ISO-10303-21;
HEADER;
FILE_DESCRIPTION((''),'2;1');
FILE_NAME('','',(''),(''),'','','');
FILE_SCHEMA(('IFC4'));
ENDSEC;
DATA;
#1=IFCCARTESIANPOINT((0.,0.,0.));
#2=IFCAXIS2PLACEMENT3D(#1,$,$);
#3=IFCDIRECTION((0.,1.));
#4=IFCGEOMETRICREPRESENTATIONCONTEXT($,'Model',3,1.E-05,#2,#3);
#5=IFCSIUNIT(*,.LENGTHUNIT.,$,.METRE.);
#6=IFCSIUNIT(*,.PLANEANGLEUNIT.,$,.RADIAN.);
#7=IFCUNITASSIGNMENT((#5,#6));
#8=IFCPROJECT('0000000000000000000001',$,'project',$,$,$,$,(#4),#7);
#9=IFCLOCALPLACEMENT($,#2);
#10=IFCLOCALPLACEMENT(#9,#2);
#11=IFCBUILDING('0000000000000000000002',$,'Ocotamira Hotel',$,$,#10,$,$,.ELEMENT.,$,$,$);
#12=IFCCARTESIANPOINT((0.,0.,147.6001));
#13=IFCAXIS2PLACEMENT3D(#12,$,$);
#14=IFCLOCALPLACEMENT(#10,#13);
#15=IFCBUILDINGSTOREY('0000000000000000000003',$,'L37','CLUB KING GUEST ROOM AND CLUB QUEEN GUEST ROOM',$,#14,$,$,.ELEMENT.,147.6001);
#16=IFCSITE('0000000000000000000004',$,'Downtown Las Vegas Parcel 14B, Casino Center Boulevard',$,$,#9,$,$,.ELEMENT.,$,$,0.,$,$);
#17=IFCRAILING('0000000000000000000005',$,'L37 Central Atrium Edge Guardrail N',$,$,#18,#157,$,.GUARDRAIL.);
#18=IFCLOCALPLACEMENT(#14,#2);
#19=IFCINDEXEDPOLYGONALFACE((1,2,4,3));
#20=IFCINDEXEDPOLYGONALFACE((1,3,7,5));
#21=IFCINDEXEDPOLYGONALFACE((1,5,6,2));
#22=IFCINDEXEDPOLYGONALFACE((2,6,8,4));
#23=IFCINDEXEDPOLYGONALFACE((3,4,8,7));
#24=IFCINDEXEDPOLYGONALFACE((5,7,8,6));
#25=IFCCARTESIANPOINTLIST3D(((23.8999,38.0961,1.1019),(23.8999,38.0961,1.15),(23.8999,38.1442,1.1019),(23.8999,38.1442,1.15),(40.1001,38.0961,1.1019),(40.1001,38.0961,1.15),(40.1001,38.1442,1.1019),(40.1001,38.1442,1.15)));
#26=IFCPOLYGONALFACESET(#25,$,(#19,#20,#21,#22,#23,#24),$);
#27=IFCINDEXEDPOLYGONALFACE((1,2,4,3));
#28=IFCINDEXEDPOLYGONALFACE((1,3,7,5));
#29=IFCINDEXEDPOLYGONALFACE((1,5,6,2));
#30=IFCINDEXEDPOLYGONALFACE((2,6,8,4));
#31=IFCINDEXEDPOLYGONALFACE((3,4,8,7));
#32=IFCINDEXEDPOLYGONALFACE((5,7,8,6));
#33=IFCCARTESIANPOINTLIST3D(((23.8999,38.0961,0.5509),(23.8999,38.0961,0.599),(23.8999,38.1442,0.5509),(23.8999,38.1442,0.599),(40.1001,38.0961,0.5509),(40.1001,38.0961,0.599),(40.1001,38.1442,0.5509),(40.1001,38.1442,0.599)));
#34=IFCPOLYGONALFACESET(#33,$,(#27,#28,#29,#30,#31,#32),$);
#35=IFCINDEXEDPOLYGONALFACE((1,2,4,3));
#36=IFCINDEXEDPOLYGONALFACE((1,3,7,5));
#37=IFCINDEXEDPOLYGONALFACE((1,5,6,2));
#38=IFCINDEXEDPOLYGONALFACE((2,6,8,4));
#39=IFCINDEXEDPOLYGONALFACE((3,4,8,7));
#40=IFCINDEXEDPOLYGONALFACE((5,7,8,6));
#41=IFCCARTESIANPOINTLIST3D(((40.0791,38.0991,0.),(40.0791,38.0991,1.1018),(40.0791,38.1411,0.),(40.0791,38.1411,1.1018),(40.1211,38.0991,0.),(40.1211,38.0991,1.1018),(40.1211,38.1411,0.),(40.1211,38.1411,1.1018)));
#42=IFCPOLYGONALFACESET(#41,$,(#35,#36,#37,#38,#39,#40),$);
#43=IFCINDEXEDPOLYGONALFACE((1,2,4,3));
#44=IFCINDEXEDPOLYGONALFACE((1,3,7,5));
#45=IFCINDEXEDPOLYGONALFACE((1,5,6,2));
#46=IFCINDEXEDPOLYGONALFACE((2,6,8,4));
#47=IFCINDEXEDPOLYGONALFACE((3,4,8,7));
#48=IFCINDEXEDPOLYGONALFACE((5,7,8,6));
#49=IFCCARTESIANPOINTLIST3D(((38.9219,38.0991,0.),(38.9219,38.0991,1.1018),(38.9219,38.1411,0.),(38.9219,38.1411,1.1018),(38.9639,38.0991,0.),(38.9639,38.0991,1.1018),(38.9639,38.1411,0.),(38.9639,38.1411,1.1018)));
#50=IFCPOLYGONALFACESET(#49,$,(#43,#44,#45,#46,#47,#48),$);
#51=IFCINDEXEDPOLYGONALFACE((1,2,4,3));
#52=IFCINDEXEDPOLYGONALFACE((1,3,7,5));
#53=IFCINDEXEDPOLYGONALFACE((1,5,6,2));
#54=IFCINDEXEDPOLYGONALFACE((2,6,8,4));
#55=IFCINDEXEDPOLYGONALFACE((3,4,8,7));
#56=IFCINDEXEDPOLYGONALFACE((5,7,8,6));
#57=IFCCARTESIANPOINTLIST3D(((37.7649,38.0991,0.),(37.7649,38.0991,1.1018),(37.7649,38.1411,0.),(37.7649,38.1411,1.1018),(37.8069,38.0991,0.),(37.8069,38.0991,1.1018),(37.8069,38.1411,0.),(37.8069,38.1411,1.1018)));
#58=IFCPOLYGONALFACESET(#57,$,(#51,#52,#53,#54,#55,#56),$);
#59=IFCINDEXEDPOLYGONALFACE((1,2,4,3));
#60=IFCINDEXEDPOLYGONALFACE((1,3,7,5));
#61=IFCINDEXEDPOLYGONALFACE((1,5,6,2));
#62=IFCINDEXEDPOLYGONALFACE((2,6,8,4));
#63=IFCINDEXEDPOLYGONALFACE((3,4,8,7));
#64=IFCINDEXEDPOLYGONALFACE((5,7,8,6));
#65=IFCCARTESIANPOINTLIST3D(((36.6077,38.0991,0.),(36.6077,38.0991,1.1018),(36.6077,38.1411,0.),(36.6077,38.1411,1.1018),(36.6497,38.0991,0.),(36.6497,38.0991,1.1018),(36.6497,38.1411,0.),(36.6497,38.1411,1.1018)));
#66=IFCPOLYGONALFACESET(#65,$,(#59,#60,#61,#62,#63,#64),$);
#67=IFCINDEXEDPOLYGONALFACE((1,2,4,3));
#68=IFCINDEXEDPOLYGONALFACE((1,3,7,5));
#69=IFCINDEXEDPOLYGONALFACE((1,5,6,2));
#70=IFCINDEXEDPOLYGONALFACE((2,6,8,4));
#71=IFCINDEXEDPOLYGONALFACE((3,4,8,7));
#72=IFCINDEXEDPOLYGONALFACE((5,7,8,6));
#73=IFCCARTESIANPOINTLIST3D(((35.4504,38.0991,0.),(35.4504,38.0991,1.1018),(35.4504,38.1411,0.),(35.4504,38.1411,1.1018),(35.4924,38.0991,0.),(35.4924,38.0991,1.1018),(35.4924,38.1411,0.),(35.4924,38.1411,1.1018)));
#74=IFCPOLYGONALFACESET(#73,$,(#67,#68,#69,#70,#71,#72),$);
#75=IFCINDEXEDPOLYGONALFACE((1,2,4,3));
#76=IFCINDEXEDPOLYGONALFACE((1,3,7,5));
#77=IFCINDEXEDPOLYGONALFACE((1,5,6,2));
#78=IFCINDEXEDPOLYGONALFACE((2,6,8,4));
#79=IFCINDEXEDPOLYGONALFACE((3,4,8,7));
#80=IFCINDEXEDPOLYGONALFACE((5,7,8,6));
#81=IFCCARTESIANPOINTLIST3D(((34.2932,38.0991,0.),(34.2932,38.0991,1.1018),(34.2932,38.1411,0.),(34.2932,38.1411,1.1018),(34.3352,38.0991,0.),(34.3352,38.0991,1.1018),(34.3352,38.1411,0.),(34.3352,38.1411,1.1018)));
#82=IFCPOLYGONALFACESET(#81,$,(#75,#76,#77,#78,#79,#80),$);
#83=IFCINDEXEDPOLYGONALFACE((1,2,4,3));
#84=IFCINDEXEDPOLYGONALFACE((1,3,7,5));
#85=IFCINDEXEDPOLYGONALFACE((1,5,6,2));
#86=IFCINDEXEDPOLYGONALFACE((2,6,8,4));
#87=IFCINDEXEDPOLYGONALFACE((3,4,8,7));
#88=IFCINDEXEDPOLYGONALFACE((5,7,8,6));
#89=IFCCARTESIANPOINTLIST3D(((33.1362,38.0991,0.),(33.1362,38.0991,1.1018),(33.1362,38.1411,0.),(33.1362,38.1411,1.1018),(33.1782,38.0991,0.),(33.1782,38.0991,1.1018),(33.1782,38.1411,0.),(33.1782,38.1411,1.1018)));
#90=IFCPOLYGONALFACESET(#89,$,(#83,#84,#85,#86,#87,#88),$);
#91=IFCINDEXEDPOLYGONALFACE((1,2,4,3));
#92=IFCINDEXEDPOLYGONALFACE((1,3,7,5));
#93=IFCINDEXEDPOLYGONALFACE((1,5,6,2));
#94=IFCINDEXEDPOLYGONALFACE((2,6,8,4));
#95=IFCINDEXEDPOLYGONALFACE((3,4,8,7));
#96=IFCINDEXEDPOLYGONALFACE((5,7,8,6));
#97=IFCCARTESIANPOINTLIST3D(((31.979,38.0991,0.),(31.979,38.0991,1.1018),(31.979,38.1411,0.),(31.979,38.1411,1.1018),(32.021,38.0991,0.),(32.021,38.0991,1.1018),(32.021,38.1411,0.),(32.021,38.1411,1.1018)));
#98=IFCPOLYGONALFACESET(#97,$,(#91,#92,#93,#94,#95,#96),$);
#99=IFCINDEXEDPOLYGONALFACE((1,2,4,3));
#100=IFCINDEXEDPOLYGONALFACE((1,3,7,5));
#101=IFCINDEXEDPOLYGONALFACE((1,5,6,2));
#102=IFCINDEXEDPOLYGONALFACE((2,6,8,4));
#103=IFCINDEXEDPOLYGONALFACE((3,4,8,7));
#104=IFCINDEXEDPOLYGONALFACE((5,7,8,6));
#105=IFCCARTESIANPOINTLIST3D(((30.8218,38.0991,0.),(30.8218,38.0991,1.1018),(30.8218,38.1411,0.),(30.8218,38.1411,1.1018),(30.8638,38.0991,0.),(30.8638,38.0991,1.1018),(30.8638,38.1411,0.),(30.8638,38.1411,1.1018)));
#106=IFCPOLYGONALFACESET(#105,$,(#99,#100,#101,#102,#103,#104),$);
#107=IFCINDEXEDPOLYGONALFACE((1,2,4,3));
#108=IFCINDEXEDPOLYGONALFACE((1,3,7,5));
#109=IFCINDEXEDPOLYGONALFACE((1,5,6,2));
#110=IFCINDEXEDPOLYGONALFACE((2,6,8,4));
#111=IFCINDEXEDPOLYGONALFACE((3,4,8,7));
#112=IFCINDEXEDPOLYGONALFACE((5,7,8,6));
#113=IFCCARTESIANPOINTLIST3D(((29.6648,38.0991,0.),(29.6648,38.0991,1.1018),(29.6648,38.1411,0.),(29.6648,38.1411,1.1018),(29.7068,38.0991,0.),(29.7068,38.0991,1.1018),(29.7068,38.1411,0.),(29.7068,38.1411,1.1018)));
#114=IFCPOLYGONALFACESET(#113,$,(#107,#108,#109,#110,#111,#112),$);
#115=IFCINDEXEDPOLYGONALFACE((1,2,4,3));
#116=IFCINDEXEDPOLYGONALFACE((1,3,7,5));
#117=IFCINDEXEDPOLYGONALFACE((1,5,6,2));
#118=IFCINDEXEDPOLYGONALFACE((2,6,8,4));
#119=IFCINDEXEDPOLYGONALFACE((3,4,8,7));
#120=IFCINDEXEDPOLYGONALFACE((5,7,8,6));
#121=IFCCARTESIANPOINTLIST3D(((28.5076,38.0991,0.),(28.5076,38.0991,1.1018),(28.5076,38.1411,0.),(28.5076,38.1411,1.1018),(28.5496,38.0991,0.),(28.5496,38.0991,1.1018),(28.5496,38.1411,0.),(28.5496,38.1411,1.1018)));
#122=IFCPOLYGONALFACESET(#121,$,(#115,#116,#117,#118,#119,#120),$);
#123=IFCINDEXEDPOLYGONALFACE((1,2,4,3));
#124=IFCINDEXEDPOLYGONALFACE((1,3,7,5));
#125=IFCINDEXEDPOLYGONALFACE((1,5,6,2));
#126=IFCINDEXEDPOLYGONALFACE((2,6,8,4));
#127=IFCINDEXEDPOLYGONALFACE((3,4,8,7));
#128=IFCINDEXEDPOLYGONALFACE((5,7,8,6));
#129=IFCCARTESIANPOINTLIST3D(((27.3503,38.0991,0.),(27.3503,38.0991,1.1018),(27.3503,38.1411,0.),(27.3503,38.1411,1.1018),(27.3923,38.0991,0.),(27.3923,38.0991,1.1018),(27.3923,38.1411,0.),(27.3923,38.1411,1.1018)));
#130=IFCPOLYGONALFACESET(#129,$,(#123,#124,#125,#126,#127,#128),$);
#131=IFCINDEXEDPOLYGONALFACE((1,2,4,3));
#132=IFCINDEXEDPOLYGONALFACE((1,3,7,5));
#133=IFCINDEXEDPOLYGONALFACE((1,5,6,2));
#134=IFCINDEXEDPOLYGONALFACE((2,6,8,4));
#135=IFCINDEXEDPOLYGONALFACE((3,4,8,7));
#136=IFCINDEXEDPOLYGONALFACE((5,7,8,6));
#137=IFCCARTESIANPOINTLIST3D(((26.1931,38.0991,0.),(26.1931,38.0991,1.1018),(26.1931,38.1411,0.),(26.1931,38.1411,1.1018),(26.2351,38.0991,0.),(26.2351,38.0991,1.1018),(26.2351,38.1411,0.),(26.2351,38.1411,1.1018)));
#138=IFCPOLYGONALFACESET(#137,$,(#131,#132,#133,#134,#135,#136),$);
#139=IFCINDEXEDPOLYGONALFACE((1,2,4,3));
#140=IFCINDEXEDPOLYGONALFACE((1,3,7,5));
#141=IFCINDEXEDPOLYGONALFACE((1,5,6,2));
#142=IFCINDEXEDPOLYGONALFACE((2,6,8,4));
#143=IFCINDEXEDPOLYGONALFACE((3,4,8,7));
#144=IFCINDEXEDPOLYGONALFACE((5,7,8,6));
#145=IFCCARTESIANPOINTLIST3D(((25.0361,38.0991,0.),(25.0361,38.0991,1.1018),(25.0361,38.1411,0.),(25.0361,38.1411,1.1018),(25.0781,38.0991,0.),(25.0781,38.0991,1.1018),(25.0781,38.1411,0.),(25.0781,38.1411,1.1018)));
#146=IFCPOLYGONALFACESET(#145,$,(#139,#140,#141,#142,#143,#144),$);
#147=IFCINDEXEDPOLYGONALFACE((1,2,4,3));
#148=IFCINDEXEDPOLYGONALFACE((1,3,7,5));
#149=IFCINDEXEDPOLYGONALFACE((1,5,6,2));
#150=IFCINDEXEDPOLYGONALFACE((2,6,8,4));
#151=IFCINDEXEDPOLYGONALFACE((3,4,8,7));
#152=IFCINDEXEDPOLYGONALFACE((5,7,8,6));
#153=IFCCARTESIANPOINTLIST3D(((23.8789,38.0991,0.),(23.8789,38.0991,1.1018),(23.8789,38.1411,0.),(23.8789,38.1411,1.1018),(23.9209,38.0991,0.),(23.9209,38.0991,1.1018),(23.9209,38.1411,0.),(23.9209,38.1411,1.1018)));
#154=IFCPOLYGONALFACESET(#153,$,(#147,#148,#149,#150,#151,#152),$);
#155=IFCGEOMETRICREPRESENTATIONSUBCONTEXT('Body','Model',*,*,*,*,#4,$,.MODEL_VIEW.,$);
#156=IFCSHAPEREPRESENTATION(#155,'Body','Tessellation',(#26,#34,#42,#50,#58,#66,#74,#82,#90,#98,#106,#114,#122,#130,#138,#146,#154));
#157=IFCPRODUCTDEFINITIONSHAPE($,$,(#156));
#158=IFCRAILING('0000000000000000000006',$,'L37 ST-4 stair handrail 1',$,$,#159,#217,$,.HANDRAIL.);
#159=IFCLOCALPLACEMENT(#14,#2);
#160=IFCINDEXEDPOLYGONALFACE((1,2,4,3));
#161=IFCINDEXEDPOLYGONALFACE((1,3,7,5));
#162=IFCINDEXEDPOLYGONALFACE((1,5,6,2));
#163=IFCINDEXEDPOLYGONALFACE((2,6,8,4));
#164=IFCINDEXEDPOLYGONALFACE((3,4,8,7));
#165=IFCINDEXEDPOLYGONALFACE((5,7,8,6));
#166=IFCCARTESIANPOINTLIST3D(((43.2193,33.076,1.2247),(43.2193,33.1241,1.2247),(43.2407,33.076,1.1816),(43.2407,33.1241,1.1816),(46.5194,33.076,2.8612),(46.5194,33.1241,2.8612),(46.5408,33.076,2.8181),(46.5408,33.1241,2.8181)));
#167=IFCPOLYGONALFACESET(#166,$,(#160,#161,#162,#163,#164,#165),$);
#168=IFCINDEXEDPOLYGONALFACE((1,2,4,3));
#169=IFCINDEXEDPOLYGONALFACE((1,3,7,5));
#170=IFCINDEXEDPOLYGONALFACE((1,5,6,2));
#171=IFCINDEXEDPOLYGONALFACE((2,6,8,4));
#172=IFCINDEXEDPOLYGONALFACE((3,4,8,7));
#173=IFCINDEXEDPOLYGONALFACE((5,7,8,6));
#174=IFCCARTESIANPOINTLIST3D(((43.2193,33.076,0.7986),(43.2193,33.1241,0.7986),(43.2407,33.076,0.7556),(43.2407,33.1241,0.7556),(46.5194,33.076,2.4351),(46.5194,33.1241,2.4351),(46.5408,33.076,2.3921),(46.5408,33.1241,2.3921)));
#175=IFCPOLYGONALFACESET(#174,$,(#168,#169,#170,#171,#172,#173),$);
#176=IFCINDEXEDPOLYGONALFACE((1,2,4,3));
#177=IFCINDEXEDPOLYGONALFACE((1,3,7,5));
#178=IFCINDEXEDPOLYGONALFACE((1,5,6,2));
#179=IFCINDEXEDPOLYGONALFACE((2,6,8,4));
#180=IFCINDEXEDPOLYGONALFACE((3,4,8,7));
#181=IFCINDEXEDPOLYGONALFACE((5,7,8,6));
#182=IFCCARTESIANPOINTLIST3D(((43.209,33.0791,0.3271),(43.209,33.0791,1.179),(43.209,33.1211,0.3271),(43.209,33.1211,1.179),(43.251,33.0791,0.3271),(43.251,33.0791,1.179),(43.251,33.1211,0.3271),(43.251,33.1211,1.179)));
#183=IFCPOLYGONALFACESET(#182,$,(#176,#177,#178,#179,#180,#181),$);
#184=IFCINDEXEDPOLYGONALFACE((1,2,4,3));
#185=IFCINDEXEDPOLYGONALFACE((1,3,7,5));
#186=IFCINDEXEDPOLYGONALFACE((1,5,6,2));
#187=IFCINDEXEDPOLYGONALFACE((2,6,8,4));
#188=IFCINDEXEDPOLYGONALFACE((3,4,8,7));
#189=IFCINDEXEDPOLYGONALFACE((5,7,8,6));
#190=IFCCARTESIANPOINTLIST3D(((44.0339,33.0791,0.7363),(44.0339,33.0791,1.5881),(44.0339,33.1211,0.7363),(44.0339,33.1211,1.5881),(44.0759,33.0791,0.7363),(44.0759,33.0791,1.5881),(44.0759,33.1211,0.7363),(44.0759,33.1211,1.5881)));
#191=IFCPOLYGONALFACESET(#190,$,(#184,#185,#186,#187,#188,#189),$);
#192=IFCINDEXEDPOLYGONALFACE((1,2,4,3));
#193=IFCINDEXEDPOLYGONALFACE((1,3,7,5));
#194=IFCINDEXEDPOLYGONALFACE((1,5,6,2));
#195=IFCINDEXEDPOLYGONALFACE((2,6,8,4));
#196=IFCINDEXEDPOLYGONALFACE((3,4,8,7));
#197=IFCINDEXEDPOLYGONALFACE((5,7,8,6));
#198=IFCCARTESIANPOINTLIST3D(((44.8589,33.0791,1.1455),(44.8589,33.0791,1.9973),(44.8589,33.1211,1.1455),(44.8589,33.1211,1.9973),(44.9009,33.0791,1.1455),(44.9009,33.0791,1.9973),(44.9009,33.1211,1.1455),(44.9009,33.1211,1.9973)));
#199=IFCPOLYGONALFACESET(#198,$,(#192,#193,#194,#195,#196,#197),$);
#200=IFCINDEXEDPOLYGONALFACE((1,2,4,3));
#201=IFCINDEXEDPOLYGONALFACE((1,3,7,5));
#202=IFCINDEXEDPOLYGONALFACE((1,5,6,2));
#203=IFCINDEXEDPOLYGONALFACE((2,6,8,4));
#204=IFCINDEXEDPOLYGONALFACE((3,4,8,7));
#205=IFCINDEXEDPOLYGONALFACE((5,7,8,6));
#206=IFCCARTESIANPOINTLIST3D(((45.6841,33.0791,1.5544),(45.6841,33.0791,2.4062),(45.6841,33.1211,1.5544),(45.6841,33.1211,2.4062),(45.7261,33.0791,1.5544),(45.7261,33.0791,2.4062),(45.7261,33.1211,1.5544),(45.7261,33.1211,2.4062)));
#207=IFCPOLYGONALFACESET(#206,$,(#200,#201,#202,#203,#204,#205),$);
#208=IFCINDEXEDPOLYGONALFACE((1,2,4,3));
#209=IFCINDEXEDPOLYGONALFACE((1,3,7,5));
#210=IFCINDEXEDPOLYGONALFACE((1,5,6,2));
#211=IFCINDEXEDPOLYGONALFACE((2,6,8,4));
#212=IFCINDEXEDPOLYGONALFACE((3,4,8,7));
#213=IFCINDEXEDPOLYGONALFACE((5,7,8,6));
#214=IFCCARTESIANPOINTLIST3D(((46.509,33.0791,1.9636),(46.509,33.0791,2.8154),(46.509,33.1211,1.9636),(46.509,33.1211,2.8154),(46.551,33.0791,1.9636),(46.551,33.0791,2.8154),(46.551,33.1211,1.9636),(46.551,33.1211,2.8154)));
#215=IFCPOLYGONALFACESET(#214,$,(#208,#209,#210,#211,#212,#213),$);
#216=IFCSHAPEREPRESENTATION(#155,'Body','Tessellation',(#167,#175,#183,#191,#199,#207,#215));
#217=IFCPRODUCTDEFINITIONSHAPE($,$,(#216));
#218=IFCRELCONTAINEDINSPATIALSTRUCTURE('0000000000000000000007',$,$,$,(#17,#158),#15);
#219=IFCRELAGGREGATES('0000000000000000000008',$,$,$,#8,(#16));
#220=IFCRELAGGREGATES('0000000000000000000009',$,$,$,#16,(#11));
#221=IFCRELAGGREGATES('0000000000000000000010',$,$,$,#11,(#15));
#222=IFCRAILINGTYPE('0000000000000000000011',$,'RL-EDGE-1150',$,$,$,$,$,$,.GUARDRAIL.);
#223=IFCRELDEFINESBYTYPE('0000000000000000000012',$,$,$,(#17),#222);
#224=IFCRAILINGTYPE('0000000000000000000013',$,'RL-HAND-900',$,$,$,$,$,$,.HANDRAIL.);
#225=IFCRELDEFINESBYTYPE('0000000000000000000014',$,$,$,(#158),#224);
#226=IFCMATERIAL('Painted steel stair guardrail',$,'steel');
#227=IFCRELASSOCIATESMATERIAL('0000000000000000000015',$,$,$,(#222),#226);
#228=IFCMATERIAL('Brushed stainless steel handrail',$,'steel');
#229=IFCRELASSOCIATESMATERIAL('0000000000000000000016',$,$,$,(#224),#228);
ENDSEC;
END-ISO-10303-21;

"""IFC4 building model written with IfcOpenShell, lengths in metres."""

from ifc_helpers import new_model, si_unit, direction, frame, origin, origin_2d, place, context, subcontext, project, spatial, rectangle, extrude, material, type_object, element, save


model = new_model("IFC4")

# Units and contexts
model_context = context("Model", 3, precision=1e-05, world=origin(), true_north=direction((0.0, 1.0)))
body_context = subcontext(model_context, "Body", "Model", "MODEL_VIEW")
ifc_project = project(units=[si_unit("LENGTHUNIT", "METRE"), si_unit("PLANEANGLEUNIT", "RADIAN")], contexts=[model_context])

# Site, building, storey
site_placement = place(None, origin())
site = spatial("IfcSite", under=ifc_project, at=site_placement, Name="Downtown Las Vegas Parcel 14B, Casino Center Boulevard", CompositionType="ELEMENT", RefElevation=0.0)
building_placement = place(site_placement, origin())
building = spatial("IfcBuilding", under=site, at=building_placement, Name="Ocotamira Hotel", CompositionType="ELEMENT")
storey_placement = place(building_placement, frame((0.0, 0.0, 147.6001)))
storey = spatial("IfcBuildingStorey", under=building, at=storey_placement, Name="L37", Description="CLUB KING GUEST ROOM AND CLUB QUEEN GUEST ROOM", CompositionType="ELEMENT", Elevation=147.6001)

# Railings
ifc_material_1 = material(Name="Painted steel stair guardrail", Category="steel")
railing_type_1 = type_object("IfcRailingType", Name="RL-EDGE-1150", PredefinedType="GUARDRAIL", material=ifc_material_1)
railing_1_placement = place(storey_placement, frame((40.1001, 38.1201, 0.0)))
element("IfcRailing", 1, at=railing_1_placement, inside=storey, type_object=railing_type_1, Name="L37 Central Atrium Edge Guardrail N", PredefinedType="GUARDRAIL", context=body_context, shape_type="SweptSolid", body=[
    extrude(rectangle(XDim=0.0481, YDim=0.0481, at=origin_2d()), frame((0.0, 0.0, 1.126), z_axis=(-1.0, 0.0, 0.0), x_axis=(0.0, -1.0, 0.0)), (0.0, 0.0, 1.0), 16.2002),
    extrude(rectangle(XDim=0.0481, YDim=0.0481, at=origin_2d()), frame((0.0, 0.0, 0.575), z_axis=(-1.0, 0.0, 0.0), x_axis=(0.0, -1.0, 0.0)), (0.0, 0.0, 1.0), 16.2002),
    extrude(rectangle(XDim=0.042, YDim=0.042, at=origin_2d()), origin(), (0.0, 0.0, 1.0), 1.1018),
    extrude(rectangle(XDim=0.042, YDim=0.042, at=origin_2d()), frame((-1.1572, 0.0, 0.0)), (0.0, 0.0, 1.0), 1.1018),
    extrude(rectangle(XDim=0.042, YDim=0.042, at=origin_2d()), frame((-2.3142, 0.0, 0.0)), (0.0, 0.0, 1.0), 1.1018),
    extrude(rectangle(XDim=0.042, YDim=0.042, at=origin_2d()), frame((-3.4714, 0.0, 0.0)), (0.0, 0.0, 1.0), 1.1018),
    extrude(rectangle(XDim=0.042, YDim=0.042, at=origin_2d()), frame((-4.6287, 0.0, 0.0)), (0.0, 0.0, 1.0), 1.1018),
    extrude(rectangle(XDim=0.042, YDim=0.042, at=origin_2d()), frame((-5.7859, 0.0, 0.0)), (0.0, 0.0, 1.0), 1.1018),
    extrude(rectangle(XDim=0.042, YDim=0.042, at=origin_2d()), frame((-6.9429, 0.0, 0.0)), (0.0, 0.0, 1.0), 1.1018),
    extrude(rectangle(XDim=0.042, YDim=0.042, at=origin_2d()), frame((-8.1001, 0.0, 0.0)), (0.0, 0.0, 1.0), 1.1018),
    extrude(rectangle(XDim=0.042, YDim=0.042, at=origin_2d()), frame((-9.2573, 0.0, 0.0)), (0.0, 0.0, 1.0), 1.1018),
    extrude(rectangle(XDim=0.042, YDim=0.042, at=origin_2d()), frame((-10.4143, 0.0, 0.0)), (0.0, 0.0, 1.0), 1.1018),
    extrude(rectangle(XDim=0.042, YDim=0.042, at=origin_2d()), frame((-11.5715, 0.0, 0.0)), (0.0, 0.0, 1.0), 1.1018),
    extrude(rectangle(XDim=0.042, YDim=0.042, at=origin_2d()), frame((-12.7288, 0.0, 0.0)), (0.0, 0.0, 1.0), 1.1018),
    extrude(rectangle(XDim=0.042, YDim=0.042, at=origin_2d()), frame((-13.886, 0.0, 0.0)), (0.0, 0.0, 1.0), 1.1018),
    extrude(rectangle(XDim=0.042, YDim=0.042, at=origin_2d()), frame((-15.043, 0.0, 0.0)), (0.0, 0.0, 1.0), 1.1018),
    extrude(rectangle(XDim=0.042, YDim=0.042, at=origin_2d()), frame((-16.2002, 0.0, 0.0)), (0.0, 0.0, 1.0), 1.1018),
])
ifc_material_2 = material(Name="Brushed stainless steel handrail", Category="steel")
railing_type_2 = type_object("IfcRailingType", Name="RL-HAND-900", PredefinedType="HANDRAIL", material=ifc_material_2)
railing_2_placement = place(storey_placement, frame((43.23, 33.1001, 0.3271)))
element("IfcRailing", 2, at=railing_2_placement, inside=storey, type_object=railing_type_2, Name="L37 ST-4 stair handrail 1", PredefinedType="HANDRAIL", context=body_context, shape_type="SweptSolid", body=[
    extrude(rectangle(XDim=0.0481, YDim=0.0481, at=origin_2d()), frame((0.0, 0.0, 0.876), z_axis=(0.895894, 0.0, 0.444268), x_axis=(0.0, 1.0, 0.0)), (0.0, 0.0, 1.0), 3.6836),
    extrude(rectangle(XDim=0.0481, YDim=0.0481, at=origin_2d()), frame((0.0, 0.0, 0.45), z_axis=(0.895894, 0.0, 0.444268), x_axis=(0.0, 1.0, 0.0)), (0.0, 0.0, 1.0), 3.6836),
    extrude(rectangle(XDim=0.042, YDim=0.042, at=origin_2d()), origin(), (0.0, 0.0, 1.0), 0.8518),
    extrude(rectangle(XDim=0.042, YDim=0.042, at=origin_2d()), frame((0.825, 0.0, 0.4092)), (0.0, 0.0, 1.0), 0.8518),
    extrude(rectangle(XDim=0.042, YDim=0.042, at=origin_2d()), frame((1.6499, 0.0, 0.8184)), (0.0, 0.0, 1.0), 0.8518),
    extrude(rectangle(XDim=0.042, YDim=0.042, at=origin_2d()), frame((2.4751, 0.0, 1.2273)), (0.0, 0.0, 1.0), 0.8518),
    extrude(rectangle(XDim=0.042, YDim=0.042, at=origin_2d()), frame((3.3, 0.0, 1.6365)), (0.0, 0.0, 1.0), 0.8518),
])

save(model, "model.ifc")
